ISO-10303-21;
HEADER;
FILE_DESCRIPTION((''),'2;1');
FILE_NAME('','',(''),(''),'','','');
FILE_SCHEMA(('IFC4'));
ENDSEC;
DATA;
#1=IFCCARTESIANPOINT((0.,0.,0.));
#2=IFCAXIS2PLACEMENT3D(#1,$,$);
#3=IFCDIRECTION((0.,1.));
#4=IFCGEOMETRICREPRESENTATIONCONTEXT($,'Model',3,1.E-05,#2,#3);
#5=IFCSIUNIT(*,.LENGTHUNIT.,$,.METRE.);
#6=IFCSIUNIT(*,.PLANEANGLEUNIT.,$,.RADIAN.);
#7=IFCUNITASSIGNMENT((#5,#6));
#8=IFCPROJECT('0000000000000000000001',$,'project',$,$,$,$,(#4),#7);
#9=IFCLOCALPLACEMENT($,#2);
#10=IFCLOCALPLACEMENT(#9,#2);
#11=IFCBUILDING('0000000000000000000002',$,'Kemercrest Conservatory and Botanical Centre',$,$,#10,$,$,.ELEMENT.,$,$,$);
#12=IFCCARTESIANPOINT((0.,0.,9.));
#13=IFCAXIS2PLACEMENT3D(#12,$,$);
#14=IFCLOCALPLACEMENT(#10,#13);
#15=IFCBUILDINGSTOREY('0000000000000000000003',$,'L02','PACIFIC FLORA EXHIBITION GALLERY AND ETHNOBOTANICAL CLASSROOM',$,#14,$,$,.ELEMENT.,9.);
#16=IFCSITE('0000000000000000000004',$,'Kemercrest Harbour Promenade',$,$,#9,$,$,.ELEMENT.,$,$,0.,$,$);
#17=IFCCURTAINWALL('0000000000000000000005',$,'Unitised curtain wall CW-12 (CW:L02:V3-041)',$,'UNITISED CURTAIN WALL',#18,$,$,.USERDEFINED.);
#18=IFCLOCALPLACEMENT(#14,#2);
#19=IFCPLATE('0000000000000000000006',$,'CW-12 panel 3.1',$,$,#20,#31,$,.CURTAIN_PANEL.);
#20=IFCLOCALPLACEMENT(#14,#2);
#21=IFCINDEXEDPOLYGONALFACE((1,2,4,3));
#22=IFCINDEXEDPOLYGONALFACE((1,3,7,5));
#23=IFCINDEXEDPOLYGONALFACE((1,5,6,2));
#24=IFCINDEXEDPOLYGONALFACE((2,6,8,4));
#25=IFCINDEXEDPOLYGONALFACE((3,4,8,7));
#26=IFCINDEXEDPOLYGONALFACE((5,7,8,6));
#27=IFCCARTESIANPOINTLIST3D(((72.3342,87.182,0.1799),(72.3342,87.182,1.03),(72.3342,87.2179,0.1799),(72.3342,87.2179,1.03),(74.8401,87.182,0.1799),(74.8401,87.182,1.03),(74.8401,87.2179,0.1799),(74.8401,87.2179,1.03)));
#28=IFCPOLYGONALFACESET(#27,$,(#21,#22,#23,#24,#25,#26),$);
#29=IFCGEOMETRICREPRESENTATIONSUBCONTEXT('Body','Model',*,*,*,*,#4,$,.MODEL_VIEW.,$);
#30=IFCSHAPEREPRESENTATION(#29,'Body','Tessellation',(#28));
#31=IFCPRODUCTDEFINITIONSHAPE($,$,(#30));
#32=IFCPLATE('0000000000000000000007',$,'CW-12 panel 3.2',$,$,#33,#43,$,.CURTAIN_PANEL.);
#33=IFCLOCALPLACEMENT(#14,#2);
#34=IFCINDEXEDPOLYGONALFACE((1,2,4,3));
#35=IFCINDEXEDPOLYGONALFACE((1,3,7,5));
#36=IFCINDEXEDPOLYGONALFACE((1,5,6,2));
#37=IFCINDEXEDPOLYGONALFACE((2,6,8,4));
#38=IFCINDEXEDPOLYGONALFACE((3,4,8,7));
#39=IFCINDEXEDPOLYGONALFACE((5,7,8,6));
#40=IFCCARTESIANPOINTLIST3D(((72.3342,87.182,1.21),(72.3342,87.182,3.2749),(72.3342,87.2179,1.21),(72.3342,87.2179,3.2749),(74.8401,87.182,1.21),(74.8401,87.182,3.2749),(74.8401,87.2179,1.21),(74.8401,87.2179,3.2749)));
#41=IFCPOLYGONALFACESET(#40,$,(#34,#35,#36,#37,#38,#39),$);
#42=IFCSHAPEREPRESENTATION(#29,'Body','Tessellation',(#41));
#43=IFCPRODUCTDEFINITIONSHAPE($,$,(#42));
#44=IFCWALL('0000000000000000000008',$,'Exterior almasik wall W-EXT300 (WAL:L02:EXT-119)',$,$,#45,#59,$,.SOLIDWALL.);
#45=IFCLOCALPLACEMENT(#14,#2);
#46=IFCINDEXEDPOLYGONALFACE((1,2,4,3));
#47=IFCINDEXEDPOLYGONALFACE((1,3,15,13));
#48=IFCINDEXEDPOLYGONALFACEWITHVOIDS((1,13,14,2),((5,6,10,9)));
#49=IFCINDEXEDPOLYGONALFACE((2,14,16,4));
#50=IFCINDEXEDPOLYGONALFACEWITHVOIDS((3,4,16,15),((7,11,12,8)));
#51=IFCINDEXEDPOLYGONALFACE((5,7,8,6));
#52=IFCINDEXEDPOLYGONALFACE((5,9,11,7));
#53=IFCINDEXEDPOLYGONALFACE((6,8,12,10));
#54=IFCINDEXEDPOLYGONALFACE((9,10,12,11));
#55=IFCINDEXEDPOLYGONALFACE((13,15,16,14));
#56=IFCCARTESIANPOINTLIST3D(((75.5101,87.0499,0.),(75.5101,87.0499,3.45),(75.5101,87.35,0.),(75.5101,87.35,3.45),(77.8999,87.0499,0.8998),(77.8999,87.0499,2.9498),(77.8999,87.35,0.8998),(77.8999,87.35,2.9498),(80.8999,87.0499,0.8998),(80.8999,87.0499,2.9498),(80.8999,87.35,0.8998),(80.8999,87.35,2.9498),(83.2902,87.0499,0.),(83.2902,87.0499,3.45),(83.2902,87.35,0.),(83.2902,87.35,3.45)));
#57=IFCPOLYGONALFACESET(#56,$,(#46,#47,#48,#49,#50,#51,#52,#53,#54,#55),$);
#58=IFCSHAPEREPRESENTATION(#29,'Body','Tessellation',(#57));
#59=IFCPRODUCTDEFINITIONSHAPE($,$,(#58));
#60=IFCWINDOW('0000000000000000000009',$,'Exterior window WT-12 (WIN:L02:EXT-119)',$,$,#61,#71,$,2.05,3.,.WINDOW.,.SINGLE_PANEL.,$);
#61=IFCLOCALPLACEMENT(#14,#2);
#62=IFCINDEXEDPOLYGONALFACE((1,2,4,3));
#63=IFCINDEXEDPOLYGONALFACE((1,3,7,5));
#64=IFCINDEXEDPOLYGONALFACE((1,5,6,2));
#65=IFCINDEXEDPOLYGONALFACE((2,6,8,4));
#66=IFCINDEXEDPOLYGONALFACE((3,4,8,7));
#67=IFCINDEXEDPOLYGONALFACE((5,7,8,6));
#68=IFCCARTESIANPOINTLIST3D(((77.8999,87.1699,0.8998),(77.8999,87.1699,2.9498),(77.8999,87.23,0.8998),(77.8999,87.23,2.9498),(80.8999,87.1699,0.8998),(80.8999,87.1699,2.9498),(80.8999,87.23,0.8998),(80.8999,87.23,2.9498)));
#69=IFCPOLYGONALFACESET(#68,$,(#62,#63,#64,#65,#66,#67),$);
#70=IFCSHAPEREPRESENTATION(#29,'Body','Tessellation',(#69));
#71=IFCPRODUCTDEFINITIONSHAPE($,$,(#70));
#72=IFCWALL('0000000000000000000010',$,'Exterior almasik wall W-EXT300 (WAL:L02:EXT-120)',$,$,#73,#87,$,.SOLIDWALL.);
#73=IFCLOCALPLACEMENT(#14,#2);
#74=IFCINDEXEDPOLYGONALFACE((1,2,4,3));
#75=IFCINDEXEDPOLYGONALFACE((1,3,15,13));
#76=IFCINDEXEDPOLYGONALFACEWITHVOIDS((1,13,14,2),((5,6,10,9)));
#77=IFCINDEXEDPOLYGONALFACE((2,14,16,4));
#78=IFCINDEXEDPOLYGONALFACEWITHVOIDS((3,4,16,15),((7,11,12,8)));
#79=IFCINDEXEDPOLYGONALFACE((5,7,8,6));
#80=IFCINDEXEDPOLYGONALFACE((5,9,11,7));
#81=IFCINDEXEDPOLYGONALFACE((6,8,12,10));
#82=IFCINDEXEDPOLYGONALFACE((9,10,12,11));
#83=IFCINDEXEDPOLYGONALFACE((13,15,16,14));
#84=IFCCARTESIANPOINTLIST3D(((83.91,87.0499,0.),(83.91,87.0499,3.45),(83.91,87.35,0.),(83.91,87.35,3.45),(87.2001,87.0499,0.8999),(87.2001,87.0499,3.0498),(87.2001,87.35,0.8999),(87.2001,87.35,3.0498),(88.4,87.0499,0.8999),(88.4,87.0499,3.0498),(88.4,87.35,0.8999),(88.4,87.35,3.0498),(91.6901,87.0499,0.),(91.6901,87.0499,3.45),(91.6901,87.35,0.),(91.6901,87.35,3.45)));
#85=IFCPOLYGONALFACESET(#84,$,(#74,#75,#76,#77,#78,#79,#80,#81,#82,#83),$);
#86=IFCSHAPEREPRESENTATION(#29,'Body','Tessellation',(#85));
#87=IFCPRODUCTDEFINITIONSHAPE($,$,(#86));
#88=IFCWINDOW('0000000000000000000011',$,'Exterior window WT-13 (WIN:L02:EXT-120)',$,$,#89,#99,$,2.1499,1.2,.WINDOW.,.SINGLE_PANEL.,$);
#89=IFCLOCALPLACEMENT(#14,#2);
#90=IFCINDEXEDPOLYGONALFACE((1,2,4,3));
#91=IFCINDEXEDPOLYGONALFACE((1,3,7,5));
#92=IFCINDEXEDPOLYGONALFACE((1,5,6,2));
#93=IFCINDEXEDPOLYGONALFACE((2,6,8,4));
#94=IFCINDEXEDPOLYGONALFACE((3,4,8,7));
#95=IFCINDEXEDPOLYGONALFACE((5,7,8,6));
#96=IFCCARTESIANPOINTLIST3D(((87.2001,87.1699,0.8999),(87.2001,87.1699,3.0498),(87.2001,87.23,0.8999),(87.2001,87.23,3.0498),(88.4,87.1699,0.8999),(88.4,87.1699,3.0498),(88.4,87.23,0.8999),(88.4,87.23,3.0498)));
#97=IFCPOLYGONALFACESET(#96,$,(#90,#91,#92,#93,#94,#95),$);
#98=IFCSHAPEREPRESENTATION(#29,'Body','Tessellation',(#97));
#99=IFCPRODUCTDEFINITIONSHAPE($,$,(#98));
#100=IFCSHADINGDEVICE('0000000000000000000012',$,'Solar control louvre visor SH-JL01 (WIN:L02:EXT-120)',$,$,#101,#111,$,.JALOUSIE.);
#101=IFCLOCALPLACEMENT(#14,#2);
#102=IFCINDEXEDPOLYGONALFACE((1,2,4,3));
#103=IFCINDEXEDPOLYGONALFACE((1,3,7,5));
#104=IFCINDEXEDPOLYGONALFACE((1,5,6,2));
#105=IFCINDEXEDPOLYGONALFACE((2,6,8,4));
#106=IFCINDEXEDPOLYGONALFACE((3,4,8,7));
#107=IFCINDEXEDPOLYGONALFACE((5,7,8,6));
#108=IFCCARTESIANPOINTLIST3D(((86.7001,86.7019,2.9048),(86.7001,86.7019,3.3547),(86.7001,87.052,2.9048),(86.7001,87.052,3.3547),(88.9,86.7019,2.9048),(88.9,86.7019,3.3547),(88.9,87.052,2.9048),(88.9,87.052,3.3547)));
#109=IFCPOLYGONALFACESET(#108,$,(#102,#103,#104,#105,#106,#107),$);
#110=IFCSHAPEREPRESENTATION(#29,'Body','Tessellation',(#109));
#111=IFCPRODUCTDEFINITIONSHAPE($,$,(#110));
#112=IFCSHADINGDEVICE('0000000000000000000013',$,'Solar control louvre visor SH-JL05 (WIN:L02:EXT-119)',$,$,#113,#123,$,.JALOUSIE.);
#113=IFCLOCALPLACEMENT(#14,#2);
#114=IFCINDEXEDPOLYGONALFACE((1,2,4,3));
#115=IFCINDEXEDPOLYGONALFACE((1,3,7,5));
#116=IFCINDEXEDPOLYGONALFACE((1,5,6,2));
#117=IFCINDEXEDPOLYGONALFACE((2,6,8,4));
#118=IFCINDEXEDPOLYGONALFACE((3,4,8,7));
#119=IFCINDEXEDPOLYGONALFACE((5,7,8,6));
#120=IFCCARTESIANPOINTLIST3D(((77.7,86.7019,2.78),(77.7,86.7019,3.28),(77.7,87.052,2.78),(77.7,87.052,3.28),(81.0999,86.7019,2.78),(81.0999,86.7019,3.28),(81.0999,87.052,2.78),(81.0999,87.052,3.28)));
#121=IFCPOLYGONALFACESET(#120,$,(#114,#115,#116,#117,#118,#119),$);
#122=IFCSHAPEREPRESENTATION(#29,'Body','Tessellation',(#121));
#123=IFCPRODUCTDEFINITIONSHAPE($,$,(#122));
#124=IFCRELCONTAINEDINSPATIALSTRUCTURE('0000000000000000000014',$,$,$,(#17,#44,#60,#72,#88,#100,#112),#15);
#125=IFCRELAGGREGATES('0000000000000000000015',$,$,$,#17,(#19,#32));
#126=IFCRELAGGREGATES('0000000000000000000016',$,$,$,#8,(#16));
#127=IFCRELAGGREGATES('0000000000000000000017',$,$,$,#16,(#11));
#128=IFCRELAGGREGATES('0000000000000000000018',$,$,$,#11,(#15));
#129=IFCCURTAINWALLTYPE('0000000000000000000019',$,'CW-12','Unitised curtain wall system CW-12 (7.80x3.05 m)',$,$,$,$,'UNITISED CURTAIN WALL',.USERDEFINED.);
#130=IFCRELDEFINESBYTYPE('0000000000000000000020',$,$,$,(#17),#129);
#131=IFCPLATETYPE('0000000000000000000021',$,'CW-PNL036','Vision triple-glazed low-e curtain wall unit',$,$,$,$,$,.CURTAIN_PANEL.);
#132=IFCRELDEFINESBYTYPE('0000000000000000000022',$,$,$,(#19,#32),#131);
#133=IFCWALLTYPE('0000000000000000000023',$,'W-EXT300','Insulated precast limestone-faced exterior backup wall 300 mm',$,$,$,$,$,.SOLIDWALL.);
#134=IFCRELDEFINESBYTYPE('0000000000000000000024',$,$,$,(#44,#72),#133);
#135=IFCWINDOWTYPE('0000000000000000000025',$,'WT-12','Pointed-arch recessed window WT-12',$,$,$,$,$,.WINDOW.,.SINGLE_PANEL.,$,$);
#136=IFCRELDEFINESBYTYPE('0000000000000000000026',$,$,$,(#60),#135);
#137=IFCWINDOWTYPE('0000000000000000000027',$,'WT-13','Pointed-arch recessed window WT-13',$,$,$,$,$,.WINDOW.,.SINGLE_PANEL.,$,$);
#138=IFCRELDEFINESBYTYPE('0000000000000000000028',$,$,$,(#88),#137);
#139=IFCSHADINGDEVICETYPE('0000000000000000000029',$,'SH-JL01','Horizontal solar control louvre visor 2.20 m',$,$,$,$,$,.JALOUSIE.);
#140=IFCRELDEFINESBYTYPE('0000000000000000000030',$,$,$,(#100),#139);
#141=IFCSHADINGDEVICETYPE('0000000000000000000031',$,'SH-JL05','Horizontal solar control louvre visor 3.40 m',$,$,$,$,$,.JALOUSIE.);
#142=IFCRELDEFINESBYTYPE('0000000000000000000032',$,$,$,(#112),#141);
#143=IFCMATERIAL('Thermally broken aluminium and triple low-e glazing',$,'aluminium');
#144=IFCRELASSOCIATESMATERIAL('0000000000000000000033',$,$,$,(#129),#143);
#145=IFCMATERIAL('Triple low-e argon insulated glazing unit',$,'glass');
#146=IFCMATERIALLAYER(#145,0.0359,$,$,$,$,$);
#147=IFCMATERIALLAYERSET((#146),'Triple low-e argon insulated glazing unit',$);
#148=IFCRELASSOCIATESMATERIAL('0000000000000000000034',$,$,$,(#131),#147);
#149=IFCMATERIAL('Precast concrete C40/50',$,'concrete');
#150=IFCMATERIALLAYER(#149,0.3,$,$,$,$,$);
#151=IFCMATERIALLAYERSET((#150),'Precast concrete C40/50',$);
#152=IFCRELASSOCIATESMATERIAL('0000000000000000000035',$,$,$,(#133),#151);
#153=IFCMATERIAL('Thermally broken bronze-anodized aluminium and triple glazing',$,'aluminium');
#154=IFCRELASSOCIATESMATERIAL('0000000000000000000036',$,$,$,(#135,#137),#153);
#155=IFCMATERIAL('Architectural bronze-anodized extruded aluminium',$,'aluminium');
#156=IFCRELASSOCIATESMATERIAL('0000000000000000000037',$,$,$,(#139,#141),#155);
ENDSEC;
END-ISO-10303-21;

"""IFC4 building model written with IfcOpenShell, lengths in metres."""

from ifc_helpers import new_model, si_unit, direction, frame, frame_2d, origin, origin_2d, place, context, subcontext, project, spatial, rectangle, extrude, material, layer, layer_set, type_object, element, fill, aggregate, save


model = new_model("IFC4")

# Units and contexts
model_context = context("Model", 3, precision=1e-05, world=origin(), true_north=direction((0.0, 1.0)))
body_context = subcontext(model_context, "Body", "Model", "MODEL_VIEW")
ifc_project = project(units=[si_unit("LENGTHUNIT", "METRE"), si_unit("PLANEANGLEUNIT", "RADIAN")], contexts=[model_context])

# Site, building, storey
site_placement = place(None, origin())
site = spatial("IfcSite", under=ifc_project, at=site_placement, Name="Kemercrest Harbour Promenade", CompositionType="ELEMENT", RefElevation=0.0)
building_placement = place(site_placement, origin())
building = spatial("IfcBuilding", under=site, at=building_placement, Name="Kemercrest Conservatory and Botanical Centre", CompositionType="ELEMENT")
storey_placement = place(building_placement, frame((0.0, 0.0, 9.0)))
storey = spatial("IfcBuildingStorey", under=building, at=storey_placement, Name="L02", Description="PACIFIC FLORA EXHIBITION GALLERY AND ETHNOBOTANICAL CLASSROOM", CompositionType="ELEMENT", Elevation=9.0)

# Curtain wall
ifc_material_1 = material(Name="Thermally broken aluminium and triple low-e glazing", Category="aluminium")
curtain_wall_type = type_object("IfcCurtainWallType", Name="CW-12", Description="Unitised curtain wall system CW-12 (7.80x3.05 m)", ElementType="UNITISED CURTAIN WALL", PredefinedType="USERDEFINED", material=ifc_material_1)
curtain_wall_placement = place(storey_placement, origin())
curtain_wall = element("IfcCurtainWall", 1, at=curtain_wall_placement, inside=storey, type_object=curtain_wall_type, Name="Unitised curtain wall CW-12 (CW:L02:V3-041)", ObjectType="UNITISED CURTAIN WALL", PredefinedType="USERDEFINED")

# Shared definitions
ifc_material_2 = material(Name="Precast concrete C40/50", Category="concrete")

# Plates
ifc_material_3 = material(Name="Triple low-e argon insulated glazing unit", Category="glass")
ifc_layer_1 = layer(ifc_material_3, 0.0359)
ifc_layer_set_1 = layer_set([ifc_layer_1], Name="Triple low-e argon insulated glazing unit")
plate_type = type_object("IfcPlateType", Name="CW-PNL036", Description="Vision triple-glazed low-e curtain wall unit", PredefinedType="CURTAIN_PANEL", material=ifc_layer_set_1)
plate_1_placement = place(storey_placement, frame((73.5872, 87.2, 0.1799), z_axis=(0.0, 0.0, 1.0), x_axis=(1.0, 0.0, 0.0)))
plate_1 = element("IfcPlate", 2, at=plate_1_placement, type_object=plate_type, Name="CW-12 panel 3.1", PredefinedType="CURTAIN_PANEL", context=body_context, shape_type="SweptSolid", body=[
    extrude(rectangle(XDim=2.5059, YDim=0.0359, at=origin_2d()), origin(), (0.0, 0.0, 1.0), 0.8501),
])
plate_2_placement = place(storey_placement, frame((73.5872, 87.2, 1.21), z_axis=(0.0, 0.0, 1.0), x_axis=(1.0, 0.0, 0.0)))
plate_2 = element("IfcPlate", 3, at=plate_2_placement, type_object=plate_type, Name="CW-12 panel 3.2", PredefinedType="CURTAIN_PANEL", context=body_context, shape_type="SweptSolid", body=[
    extrude(rectangle(XDim=2.5059, YDim=0.0359, at=origin_2d()), origin(), (0.0, 0.0, 1.0), 2.0649),
])
aggregate(curtain_wall, [plate_1, plate_2])

# Walls, openings, windows
ifc_layer_2 = layer(ifc_material_2, 0.3)
ifc_layer_set_2 = layer_set([ifc_layer_2], Name="Precast concrete C40/50")
wall_type = type_object("IfcWallType", Name="W-EXT300", Description="Insulated precast limestone-faced exterior backup wall 300 mm", PredefinedType="SOLIDWALL", material=ifc_layer_set_2)
wall_1_placement = place(storey_placement, frame((75.51, 87.2, 0.0), z_axis=(0.0, 0.0, 1.0), x_axis=(1.0, 0.0, 0.0)))
wall_1 = element("IfcWall", 4, at=wall_1_placement, inside=storey, type_object=wall_type, Name="Exterior almasik wall W-EXT300 (WAL:L02:EXT-119)", PredefinedType="SOLIDWALL", context=body_context, shape_type="SweptSolid", body=[
    extrude(rectangle(XDim=7.78, YDim=0.3, at=frame_2d((3.8901, 0.0))), origin(), (0.0, 0.0, 1.0), 3.45),
])
opening_1_placement = place(wall_1_placement, frame((2.3899, 0.0, 0.8999)))
opening_1 = element("IfcOpeningElement", 5, at=opening_1_placement, cuts=wall_1, PredefinedType="OPENING", context=body_context, shape_type="SweptSolid", body=[
    extrude(rectangle(XDim=3.0, YDim=2.05, at=frame_2d((1.5, 1.0249))), frame((0.0, 0.1602, 0.0), z_axis=(0.0, -1.0, 0.0), x_axis=(1.0, 0.0, 0.0)), (0.0, 0.0, 1.0), 0.3201),
])
ifc_material_4 = material(Name="Thermally broken bronze-anodized aluminium and triple glazing", Category="aluminium")
window_type_1 = type_object("IfcWindowType", Name="WT-12", Description="Pointed-arch recessed window WT-12", PartitioningType="SINGLE_PANEL", PredefinedType="WINDOW", material=ifc_material_4)
window_1_placement = place(opening_1_placement, origin())
window_1 = element("IfcWindow", 6, at=window_1_placement, inside=storey, type_object=window_type_1, Name="Exterior window WT-12 (WIN:L02:EXT-119)", OverallHeight=2.05, OverallWidth=3.0, PartitioningType="SINGLE_PANEL", PredefinedType="WINDOW", context=body_context, shape_type="SweptSolid", body=[
    extrude(rectangle(XDim=3.0, YDim=2.05, at=frame_2d((1.5, 1.0249))), frame((0.0, 0.03, 0.0), z_axis=(0.0, -1.0, 0.0), x_axis=(1.0, 0.0, 0.0)), (0.0, 0.0, 1.0), 0.0601),
])
fill(opening_1, window_1)
wall_2_placement = place(storey_placement, frame((83.9099, 87.2, 0.0), z_axis=(0.0, 0.0, 1.0), x_axis=(1.0, 0.0, 0.0)))
wall_2 = element("IfcWall", 7, at=wall_2_placement, inside=storey, type_object=wall_type, Name="Exterior almasik wall W-EXT300 (WAL:L02:EXT-120)", PredefinedType="SOLIDWALL", context=body_context, shape_type="SweptSolid", body=[
    extrude(rectangle(XDim=7.78, YDim=0.3, at=frame_2d((3.8901, 0.0))), origin(), (0.0, 0.0, 1.0), 3.45),
])
opening_2_placement = place(wall_2_placement, frame((3.29, 0.0, 0.8999)))
opening_2 = element("IfcOpeningElement", 8, at=opening_2_placement, cuts=wall_2, PredefinedType="OPENING", context=body_context, shape_type="SweptSolid", body=[
    extrude(rectangle(XDim=1.2, YDim=2.1499, at=frame_2d((0.6001, 1.075))), frame((0.0, 0.1602, 0.0), z_axis=(0.0, -1.0, 0.0), x_axis=(1.0, 0.0, 0.0)), (0.0, 0.0, 1.0), 0.3201),
])
window_type_2 = type_object("IfcWindowType", Name="WT-13", Description="Pointed-arch recessed window WT-13", PartitioningType="SINGLE_PANEL", PredefinedType="WINDOW", material=ifc_material_4)
window_2_placement = place(opening_2_placement, origin())
window_2 = element("IfcWindow", 9, at=window_2_placement, inside=storey, type_object=window_type_2, Name="Exterior window WT-13 (WIN:L02:EXT-120)", OverallHeight=2.1499, OverallWidth=1.2, PartitioningType="SINGLE_PANEL", PredefinedType="WINDOW", context=body_context, shape_type="SweptSolid", body=[
    extrude(rectangle(XDim=1.2, YDim=2.1499, at=frame_2d((0.6001, 1.075))), frame((0.0, 0.03, 0.0), z_axis=(0.0, -1.0, 0.0), x_axis=(1.0, 0.0, 0.0)), (0.0, 0.0, 1.0), 0.0601),
])
fill(opening_2, window_2)

# Shading devices
ifc_material_5 = material(Name="Architectural bronze-anodized extruded aluminium", Category="aluminium")
shading_device_type_1 = type_object("IfcShadingDeviceType", Name="SH-JL01", Description="Horizontal solar control louvre visor 2.20 m", PredefinedType="JALOUSIE", material=ifc_material_5)
shading_device_1_placement = place(storey_placement, frame((87.8, 86.877, 2.9048), z_axis=(0.0, 0.0, 1.0), x_axis=(1.0, 0.0, 0.0)))
element("IfcShadingDevice", 10, at=shading_device_1_placement, inside=storey, type_object=shading_device_type_1, Name="Solar control louvre visor SH-JL01 (WIN:L02:EXT-120)", PredefinedType="JALOUSIE", context=body_context, shape_type="SweptSolid", body=[
    extrude(rectangle(XDim=2.2, YDim=0.3501, at=origin_2d()), origin(), (0.0, 0.0, 1.0), 0.45),
])
shading_device_type_2 = type_object("IfcShadingDeviceType", Name="SH-JL05", Description="Horizontal solar control louvre visor 3.40 m", PredefinedType="JALOUSIE", material=ifc_material_5)
shading_device_2_placement = place(storey_placement, frame((79.3999, 86.877, 2.78), z_axis=(0.0, 0.0, 1.0), x_axis=(1.0, 0.0, 0.0)))
element("IfcShadingDevice", 11, at=shading_device_2_placement, inside=storey, type_object=shading_device_type_2, Name="Solar control louvre visor SH-JL05 (WIN:L02:EXT-119)", PredefinedType="JALOUSIE", context=body_context, shape_type="SweptSolid", body=[
    extrude(rectangle(XDim=3.3999, YDim=0.3501, at=origin_2d()), origin(), (0.0, 0.0, 1.0), 0.5),
])

save(model, "model.ifc")
